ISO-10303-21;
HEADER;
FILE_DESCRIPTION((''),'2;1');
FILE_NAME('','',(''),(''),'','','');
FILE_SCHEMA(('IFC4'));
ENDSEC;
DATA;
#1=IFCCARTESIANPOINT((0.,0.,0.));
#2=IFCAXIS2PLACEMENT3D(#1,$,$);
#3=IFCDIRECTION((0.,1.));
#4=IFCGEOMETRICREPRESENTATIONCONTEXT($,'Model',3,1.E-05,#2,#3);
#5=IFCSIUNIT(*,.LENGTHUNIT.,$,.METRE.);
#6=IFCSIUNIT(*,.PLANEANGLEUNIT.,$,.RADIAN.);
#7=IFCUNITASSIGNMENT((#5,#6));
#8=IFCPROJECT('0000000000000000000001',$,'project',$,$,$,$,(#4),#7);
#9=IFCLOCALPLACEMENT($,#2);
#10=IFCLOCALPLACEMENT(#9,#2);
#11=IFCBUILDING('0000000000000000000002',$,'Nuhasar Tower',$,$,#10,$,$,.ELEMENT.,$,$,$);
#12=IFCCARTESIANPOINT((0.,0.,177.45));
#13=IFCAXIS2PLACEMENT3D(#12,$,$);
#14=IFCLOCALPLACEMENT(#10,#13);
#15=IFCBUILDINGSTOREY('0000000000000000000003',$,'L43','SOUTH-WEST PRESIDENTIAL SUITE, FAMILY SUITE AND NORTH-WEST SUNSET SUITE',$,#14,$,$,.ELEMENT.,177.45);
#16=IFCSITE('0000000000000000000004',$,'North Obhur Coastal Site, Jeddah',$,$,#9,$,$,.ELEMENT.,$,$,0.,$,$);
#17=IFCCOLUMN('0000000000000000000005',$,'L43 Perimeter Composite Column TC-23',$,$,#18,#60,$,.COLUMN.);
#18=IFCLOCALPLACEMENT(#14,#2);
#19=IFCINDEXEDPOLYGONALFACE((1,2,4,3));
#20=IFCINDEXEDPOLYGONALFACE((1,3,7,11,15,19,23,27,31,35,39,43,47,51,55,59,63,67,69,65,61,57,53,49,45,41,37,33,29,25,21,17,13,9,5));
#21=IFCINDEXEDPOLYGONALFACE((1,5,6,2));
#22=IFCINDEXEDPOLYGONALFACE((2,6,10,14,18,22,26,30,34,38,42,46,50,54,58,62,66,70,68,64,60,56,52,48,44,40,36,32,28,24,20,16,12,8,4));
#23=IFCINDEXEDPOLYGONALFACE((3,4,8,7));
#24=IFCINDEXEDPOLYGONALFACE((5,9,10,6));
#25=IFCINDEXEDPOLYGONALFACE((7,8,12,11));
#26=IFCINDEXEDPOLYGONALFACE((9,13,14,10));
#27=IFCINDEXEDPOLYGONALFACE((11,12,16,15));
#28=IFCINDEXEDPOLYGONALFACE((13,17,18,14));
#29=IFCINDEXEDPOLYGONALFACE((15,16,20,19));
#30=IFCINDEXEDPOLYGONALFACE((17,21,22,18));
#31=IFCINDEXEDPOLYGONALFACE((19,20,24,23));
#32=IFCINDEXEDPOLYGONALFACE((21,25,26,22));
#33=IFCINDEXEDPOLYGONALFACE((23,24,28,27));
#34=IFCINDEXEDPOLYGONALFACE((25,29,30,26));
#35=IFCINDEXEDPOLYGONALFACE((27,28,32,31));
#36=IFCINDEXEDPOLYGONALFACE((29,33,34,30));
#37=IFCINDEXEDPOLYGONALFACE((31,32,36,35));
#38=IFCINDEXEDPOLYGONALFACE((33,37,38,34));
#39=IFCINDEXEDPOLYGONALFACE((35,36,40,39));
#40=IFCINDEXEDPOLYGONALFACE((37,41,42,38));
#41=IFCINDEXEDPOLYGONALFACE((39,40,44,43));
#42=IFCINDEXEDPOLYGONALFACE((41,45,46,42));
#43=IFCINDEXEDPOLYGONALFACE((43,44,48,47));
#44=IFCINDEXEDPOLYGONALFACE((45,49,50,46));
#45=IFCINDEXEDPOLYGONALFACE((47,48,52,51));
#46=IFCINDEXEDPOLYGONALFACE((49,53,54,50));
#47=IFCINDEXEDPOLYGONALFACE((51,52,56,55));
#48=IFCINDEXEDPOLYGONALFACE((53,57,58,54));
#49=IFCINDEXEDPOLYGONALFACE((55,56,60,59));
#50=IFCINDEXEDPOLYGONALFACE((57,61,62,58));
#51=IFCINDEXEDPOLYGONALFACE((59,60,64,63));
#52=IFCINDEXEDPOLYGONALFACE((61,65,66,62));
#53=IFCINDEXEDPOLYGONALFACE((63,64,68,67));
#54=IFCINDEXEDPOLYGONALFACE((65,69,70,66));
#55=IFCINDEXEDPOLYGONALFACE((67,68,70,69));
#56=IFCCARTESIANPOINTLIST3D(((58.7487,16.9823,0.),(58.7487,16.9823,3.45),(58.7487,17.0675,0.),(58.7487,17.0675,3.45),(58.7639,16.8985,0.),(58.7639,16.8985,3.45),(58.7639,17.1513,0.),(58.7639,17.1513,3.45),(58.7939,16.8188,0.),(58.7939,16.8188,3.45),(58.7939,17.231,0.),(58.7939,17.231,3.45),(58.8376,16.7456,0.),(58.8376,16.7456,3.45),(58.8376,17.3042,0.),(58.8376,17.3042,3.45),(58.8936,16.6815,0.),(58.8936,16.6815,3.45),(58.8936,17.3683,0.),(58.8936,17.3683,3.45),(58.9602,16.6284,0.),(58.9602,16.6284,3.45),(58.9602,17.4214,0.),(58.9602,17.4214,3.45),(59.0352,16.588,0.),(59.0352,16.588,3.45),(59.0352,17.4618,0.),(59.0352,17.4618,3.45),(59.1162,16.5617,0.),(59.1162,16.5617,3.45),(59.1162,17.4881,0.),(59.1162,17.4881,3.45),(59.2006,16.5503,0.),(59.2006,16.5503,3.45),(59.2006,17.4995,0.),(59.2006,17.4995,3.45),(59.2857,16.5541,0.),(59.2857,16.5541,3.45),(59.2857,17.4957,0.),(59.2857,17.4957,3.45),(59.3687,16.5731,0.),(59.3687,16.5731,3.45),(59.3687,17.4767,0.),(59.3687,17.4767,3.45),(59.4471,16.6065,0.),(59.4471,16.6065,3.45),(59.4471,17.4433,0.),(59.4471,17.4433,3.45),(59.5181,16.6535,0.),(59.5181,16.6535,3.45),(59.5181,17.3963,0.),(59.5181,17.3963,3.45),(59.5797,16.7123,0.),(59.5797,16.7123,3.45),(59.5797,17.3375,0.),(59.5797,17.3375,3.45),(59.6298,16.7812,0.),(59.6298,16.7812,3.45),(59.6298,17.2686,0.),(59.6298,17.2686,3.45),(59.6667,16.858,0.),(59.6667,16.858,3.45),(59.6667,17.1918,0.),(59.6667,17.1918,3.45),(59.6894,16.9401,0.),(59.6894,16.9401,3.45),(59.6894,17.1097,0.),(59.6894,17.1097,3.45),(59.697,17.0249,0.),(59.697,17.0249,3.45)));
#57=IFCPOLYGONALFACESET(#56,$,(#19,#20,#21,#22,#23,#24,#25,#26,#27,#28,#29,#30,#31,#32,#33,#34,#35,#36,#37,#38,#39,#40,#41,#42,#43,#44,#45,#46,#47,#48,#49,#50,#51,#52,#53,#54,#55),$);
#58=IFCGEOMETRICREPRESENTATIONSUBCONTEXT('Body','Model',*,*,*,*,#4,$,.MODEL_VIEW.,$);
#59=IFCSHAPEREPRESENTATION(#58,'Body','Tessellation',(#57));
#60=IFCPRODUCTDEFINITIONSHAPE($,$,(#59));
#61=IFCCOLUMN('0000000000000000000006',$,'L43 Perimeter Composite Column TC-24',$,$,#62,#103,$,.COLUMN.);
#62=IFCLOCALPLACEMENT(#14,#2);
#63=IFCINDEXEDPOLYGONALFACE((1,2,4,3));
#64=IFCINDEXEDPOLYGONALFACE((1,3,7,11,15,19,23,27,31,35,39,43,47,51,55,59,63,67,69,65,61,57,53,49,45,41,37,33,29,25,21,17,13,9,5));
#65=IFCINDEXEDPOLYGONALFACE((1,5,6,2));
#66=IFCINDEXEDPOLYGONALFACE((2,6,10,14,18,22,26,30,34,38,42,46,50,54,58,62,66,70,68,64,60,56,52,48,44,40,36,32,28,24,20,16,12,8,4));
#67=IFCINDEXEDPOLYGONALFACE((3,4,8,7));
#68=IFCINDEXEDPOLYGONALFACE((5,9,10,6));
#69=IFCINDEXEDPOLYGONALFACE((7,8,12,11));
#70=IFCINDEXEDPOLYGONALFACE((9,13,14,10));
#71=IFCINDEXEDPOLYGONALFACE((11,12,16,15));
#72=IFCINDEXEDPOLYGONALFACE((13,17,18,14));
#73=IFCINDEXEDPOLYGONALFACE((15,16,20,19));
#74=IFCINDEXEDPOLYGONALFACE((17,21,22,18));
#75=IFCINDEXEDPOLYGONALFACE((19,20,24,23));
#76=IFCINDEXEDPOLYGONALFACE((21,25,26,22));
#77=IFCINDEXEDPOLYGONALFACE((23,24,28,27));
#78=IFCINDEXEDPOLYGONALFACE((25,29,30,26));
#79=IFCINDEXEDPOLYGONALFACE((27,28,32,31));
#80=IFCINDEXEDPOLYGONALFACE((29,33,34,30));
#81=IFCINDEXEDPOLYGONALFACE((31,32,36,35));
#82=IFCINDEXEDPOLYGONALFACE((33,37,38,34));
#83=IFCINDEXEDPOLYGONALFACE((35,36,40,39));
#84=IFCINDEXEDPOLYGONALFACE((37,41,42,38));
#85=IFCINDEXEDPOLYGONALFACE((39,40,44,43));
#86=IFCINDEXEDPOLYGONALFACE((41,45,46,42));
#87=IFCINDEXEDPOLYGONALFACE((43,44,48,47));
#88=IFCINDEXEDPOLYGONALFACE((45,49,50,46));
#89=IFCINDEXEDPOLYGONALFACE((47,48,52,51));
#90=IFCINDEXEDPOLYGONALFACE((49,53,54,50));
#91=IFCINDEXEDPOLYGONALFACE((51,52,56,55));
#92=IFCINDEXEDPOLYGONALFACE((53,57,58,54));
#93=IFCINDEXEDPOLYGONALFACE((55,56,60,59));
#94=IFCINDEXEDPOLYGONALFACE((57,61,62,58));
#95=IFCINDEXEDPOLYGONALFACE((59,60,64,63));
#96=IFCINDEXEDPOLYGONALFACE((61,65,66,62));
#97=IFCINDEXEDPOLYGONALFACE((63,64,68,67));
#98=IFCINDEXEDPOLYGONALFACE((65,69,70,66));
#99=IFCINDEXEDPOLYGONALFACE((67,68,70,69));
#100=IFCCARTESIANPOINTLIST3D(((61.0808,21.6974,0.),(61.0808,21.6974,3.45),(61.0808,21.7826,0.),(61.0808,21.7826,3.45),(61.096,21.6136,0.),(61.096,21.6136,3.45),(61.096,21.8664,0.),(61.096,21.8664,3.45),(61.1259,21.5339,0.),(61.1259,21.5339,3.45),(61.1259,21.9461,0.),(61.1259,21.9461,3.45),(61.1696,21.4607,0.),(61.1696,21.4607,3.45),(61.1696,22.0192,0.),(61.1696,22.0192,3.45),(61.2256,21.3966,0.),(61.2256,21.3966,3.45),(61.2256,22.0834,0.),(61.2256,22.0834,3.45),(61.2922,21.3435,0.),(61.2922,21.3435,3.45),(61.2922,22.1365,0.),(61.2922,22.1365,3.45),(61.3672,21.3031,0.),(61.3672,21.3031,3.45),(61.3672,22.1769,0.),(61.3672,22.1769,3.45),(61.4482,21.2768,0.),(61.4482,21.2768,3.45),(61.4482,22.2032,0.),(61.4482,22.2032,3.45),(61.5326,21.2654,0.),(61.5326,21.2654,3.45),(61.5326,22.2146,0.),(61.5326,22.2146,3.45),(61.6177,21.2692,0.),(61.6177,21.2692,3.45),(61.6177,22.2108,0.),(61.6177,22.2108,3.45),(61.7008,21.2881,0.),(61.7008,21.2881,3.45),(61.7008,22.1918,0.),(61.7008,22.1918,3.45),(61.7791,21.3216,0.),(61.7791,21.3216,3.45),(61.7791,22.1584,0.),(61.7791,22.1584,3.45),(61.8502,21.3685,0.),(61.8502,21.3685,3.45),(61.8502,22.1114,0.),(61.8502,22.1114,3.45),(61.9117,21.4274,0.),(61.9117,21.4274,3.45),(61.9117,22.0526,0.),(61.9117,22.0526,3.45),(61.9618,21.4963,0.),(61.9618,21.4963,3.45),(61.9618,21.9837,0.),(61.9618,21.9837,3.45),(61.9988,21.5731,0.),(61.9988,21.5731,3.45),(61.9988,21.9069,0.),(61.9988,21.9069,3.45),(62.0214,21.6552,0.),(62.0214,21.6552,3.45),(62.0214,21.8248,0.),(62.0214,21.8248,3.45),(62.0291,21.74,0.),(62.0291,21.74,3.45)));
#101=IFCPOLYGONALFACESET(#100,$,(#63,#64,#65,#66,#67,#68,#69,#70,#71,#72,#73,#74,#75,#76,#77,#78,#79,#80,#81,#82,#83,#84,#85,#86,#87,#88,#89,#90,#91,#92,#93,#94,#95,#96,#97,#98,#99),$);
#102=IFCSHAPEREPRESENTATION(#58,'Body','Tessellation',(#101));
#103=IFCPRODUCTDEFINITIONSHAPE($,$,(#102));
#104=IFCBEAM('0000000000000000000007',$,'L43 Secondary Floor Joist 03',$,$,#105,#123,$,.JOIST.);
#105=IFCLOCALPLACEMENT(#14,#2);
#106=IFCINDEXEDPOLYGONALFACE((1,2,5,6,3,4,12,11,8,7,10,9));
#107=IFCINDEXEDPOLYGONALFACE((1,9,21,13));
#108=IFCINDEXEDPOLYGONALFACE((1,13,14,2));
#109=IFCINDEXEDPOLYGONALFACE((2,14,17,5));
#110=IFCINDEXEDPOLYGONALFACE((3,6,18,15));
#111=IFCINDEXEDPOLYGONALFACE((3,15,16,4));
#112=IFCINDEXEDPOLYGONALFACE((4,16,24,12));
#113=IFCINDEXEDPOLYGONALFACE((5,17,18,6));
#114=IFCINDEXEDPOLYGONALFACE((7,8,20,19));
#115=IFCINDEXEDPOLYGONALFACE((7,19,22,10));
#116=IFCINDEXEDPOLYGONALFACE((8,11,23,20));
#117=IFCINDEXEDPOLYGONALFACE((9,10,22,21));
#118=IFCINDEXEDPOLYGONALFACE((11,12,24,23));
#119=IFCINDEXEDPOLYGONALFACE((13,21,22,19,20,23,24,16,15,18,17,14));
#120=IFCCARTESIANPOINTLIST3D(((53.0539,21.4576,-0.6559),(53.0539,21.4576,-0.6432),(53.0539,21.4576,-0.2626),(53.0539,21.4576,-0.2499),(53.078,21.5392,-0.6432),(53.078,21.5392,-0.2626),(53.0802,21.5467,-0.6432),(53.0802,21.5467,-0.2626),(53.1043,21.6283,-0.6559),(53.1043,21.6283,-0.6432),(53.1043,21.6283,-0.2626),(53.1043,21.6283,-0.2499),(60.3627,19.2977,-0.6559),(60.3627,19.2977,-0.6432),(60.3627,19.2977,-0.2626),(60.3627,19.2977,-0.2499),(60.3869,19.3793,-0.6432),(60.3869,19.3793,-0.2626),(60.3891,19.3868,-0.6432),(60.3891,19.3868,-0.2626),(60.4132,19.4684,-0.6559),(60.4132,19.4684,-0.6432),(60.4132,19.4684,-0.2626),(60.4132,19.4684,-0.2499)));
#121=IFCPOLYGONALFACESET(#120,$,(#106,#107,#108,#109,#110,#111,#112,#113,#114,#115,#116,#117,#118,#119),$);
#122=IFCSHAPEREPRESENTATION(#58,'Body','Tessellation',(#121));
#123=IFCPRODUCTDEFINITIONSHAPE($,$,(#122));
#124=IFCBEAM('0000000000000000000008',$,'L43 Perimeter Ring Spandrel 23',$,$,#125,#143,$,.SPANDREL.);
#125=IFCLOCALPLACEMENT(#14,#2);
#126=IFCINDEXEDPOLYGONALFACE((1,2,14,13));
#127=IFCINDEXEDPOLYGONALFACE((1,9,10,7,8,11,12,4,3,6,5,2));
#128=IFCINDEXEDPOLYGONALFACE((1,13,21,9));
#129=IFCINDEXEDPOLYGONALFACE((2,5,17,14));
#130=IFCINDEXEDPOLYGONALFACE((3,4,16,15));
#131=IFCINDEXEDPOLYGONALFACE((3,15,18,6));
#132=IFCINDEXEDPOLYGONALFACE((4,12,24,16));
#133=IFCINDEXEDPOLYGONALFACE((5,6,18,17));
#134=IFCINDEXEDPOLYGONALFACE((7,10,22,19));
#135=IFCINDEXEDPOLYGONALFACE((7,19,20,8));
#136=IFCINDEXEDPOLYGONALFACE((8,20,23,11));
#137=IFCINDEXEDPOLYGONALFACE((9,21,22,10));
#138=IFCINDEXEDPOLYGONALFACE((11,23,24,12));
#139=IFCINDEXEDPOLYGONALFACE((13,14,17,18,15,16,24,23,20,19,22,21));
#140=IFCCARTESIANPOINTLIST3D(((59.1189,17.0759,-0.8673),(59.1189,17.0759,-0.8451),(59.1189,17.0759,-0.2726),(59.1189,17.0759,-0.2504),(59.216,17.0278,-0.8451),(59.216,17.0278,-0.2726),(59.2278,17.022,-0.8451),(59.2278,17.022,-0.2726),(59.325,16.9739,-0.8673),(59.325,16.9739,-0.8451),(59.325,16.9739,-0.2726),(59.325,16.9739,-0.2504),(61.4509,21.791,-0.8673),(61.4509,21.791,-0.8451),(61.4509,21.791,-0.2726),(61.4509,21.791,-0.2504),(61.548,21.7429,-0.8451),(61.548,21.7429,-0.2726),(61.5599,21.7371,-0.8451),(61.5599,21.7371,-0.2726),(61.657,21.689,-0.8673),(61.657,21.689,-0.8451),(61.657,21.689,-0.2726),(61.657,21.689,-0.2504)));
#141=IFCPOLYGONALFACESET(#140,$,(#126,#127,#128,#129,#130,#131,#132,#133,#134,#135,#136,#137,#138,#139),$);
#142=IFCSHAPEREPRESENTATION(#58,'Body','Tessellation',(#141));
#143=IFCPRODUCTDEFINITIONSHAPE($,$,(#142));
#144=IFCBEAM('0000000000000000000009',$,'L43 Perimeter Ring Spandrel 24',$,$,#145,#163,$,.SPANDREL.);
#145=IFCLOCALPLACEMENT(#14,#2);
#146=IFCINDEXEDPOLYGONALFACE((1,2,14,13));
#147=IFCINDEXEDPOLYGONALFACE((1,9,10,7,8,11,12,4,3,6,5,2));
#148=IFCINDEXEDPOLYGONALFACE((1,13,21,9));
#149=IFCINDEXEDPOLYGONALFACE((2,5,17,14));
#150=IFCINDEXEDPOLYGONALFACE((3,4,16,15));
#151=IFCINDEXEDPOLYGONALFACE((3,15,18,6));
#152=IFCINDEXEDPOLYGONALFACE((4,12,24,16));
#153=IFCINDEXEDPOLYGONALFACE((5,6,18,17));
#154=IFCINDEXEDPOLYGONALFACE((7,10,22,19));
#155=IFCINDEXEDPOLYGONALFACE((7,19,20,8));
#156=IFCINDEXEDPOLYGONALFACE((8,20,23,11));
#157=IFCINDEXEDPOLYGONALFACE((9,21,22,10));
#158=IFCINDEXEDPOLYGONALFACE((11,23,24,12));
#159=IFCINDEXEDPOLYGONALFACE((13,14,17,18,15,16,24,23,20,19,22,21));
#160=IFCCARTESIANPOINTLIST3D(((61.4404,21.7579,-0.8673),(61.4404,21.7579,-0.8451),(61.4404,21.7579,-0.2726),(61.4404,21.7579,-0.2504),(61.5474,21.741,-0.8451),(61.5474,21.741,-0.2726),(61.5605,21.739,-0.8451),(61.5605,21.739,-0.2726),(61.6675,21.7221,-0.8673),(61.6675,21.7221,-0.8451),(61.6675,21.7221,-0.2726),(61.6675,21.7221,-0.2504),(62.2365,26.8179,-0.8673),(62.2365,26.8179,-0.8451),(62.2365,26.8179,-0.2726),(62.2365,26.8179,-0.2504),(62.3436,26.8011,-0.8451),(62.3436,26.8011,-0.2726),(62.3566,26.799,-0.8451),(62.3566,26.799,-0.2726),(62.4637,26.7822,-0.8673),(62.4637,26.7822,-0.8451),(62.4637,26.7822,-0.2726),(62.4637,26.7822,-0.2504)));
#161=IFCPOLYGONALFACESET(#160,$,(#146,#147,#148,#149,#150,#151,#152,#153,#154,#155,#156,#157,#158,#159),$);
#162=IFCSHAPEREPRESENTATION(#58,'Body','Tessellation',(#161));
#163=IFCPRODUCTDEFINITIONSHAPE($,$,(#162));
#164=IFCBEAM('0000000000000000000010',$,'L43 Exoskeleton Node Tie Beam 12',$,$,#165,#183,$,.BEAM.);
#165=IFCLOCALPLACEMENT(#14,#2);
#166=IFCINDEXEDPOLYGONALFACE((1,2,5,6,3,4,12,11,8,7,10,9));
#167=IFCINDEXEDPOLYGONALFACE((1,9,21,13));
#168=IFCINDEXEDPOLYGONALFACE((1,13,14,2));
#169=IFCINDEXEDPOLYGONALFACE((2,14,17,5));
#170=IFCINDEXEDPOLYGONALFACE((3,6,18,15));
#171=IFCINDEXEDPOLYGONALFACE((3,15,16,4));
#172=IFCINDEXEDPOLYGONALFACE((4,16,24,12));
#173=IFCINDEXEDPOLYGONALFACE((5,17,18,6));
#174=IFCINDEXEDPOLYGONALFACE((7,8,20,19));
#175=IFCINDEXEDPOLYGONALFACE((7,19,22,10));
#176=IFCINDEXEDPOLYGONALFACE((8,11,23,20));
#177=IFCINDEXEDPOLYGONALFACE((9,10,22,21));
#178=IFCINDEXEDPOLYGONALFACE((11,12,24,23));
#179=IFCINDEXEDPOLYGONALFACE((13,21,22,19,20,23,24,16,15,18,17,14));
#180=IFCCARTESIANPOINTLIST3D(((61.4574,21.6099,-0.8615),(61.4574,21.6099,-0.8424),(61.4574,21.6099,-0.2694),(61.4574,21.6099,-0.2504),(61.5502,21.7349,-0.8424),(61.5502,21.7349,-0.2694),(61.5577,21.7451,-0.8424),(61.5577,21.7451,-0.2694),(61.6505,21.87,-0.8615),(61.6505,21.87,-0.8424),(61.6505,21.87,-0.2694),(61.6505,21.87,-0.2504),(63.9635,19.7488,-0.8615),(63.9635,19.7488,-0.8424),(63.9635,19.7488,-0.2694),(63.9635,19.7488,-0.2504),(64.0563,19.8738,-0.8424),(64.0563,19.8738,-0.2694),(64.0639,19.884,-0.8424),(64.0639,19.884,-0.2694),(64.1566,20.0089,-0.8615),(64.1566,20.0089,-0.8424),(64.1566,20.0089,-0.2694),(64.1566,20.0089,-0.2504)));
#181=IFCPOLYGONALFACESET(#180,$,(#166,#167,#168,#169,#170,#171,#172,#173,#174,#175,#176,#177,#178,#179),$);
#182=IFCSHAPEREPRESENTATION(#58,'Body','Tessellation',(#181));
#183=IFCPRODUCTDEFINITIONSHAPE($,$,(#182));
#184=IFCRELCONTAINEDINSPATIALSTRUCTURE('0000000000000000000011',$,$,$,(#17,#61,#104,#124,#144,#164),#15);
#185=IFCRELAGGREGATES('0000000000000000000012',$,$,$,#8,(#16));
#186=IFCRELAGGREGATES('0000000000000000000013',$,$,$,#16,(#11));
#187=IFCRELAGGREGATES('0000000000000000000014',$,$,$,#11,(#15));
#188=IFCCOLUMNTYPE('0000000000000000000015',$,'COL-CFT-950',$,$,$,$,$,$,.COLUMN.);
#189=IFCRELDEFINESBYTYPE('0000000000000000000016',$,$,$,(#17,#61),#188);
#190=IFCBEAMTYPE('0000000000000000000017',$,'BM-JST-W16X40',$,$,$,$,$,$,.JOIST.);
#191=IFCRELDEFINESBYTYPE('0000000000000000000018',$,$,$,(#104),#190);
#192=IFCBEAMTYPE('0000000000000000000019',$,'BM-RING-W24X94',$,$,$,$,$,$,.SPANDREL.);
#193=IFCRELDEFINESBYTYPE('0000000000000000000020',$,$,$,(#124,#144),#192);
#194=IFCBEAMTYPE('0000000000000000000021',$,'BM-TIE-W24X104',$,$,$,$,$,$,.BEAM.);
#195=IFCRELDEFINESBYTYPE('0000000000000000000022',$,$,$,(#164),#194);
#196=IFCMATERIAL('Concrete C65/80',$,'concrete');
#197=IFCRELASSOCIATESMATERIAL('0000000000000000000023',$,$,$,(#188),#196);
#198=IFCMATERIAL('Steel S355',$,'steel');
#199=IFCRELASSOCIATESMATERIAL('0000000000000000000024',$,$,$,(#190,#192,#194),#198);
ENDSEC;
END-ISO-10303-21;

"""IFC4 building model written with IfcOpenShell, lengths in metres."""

from ifc_helpers import new_model, si_unit, direction, frame, origin, origin_2d, place, context, subcontext, project, spatial, circle, i_section, extrude, material, material_profile, profile_set, type_object, element, save


model = new_model("IFC4")

# Units and contexts
model_context = context("Model", 3, precision=1e-05, world=origin(), true_north=direction((0.0, 1.0)))
body_context = subcontext(model_context, "Body", "Model", "MODEL_VIEW")
ifc_project = project(units=[si_unit("LENGTHUNIT", "METRE"), si_unit("PLANEANGLEUNIT", "RADIAN")], contexts=[model_context])

# Site, building, storey
site_placement = place(None, origin())
site = spatial("IfcSite", under=ifc_project, at=site_placement, Name="North Obhur Coastal Site, Jeddah", CompositionType="ELEMENT", RefElevation=0.0)
building_placement = place(site_placement, origin())
building = spatial("IfcBuilding", under=site, at=building_placement, Name="Nuhasar Tower", CompositionType="ELEMENT")
storey_placement = place(building_placement, frame((0.0, 0.0, 177.45)))
storey = spatial("IfcBuildingStorey", under=building, at=storey_placement, Name="L43", Description="SOUTH-WEST PRESIDENTIAL SUITE, FAMILY SUITE AND NORTH-WEST SUNSET SUITE", CompositionType="ELEMENT", Elevation=177.45)

# Columns
ifc_material_1 = material(Name="Concrete C65/80", Category="concrete")
ifc_material_profile_1 = material_profile(ifc_material_1, circle(Radius=0.4751, at=origin_2d()), Name="CFT950")
ifc_profile_set_1 = profile_set([ifc_material_profile_1], Name="Concrete C65/80")
column_type = type_object("IfcColumnType", Name="COL-CFT-950", PredefinedType="COLUMN", material=ifc_profile_set_1)
for number, where, z_axis, x_axis, name in (
    (1, (59.2219, 17.0249, 0.0), (0.0, 0.0, 1.0), (1.0, 0.0, 0.0), "L43 Perimeter Composite Column TC-23"),
    (2, (61.554, 21.74, 0.0), (0.0, 0.0, 1.0), (1.0, 0.0, 0.0), "L43 Perimeter Composite Column TC-24"),
):
    element("IfcColumn", number, at=place(storey_placement, frame(where, z_axis=z_axis, x_axis=x_axis)), inside=storey, type_object=column_type, Name=name, PredefinedType="COLUMN", context=body_context, shape_type="SweptSolid", body=[
        extrude(circle(Radius=0.4751, at=origin_2d()), origin(), (0.0, 0.0, 1.0), 3.45),
    ])

# Beams
ifc_material_2 = material(Name="Steel S355", Category="steel")
ifc_material_profile_2 = material_profile(ifc_material_2, i_section(OverallWidth=0.178, OverallDepth=0.406, WebThickness=0.0078, FlangeThickness=0.0127, at=origin_2d()), Name="W16X40")
ifc_profile_set_2 = profile_set([ifc_material_profile_2], Name="Steel S355")
beam_type_1 = type_object("IfcBeamType", Name="BM-JST-W16X40", PredefinedType="JOIST", material=ifc_profile_set_2)
beam_1_placement = place(storey_placement, frame((53.0791, 21.543, -0.4529), z_axis=(0.959, -0.283404, 0.0), x_axis=(0.283404, 0.959, 0.0)))
element("IfcBeam", 3, at=beam_1_placement, inside=storey, type_object=beam_type_1, Name="L43 Secondary Floor Joist 03", PredefinedType="JOIST", context=body_context, shape_type="SweptSolid", body=[
    extrude(i_section(OverallWidth=0.178, OverallDepth=0.406, WebThickness=0.0078, FlangeThickness=0.0127, at=origin_2d()), origin(), (0.0, 0.0, 1.0), 7.6213),
])
ifc_material_profile_3 = material_profile(ifc_material_2, i_section(OverallWidth=0.23, OverallDepth=0.6169, WebThickness=0.0132, FlangeThickness=0.0222, at=origin_2d()), Name="W24X94")
ifc_profile_set_3 = profile_set([ifc_material_profile_3], Name="Steel S355")
beam_type_2 = type_object("IfcBeamType", Name="BM-RING-W24X94", PredefinedType="SPANDREL", material=ifc_profile_set_3)
beam_2_placement = place(storey_placement, frame((59.2219, 17.0249, -0.5588), z_axis=(0.443329, 0.896359, 0.0), x_axis=(-0.896359, 0.443329, 0.0)))
element("IfcBeam", 4, at=beam_2_placement, inside=storey, type_object=beam_type_2, Name="L43 Perimeter Ring Spandrel 23", PredefinedType="SPANDREL", context=body_context, shape_type="SweptSolid", body=[
    extrude(i_section(OverallWidth=0.23, OverallDepth=0.6169, WebThickness=0.0132, FlangeThickness=0.0222, at=origin_2d()), origin(), (0.0, 0.0, 1.0), 5.2603),
])
beam_3_placement = place(storey_placement, frame((61.554, 21.74, -0.5588), z_axis=(0.155427, 0.987847, 0.0), x_axis=(-0.987847, 0.155427, 0.0)))
element("IfcBeam", 5, at=beam_3_placement, inside=storey, type_object=beam_type_2, Name="L43 Perimeter Ring Spandrel 24", PredefinedType="SPANDREL", context=body_context, shape_type="SweptSolid", body=[
    extrude(i_section(OverallWidth=0.23, OverallDepth=0.6169, WebThickness=0.0132, FlangeThickness=0.0222, at=origin_2d()), origin(), (0.0, 0.0, 1.0), 5.1223),
])
ifc_material_profile_4 = material_profile(ifc_material_2, i_section(OverallWidth=0.324, OverallDepth=0.6111, WebThickness=0.0127, FlangeThickness=0.019, at=origin_2d()), Name="W24X104")
ifc_profile_set_4 = profile_set([ifc_material_profile_4], Name="Steel S355")
beam_type_3 = type_object("IfcBeamType", Name="BM-TIE-W24X104", PredefinedType="BEAM", material=ifc_profile_set_4)
beam_4_placement = place(storey_placement, frame((61.554, 21.74, -0.5559), z_axis=(0.802835, -0.596202, 0.0), x_axis=(0.596202, 0.802835, 0.0)))
element("IfcBeam", 6, at=beam_4_placement, inside=storey, type_object=beam_type_3, Name="L43 Exoskeleton Node Tie Beam 12", PredefinedType="BEAM", context=body_context, shape_type="SweptSolid", body=[
    extrude(i_section(OverallWidth=0.324, OverallDepth=0.6111, WebThickness=0.0127, FlangeThickness=0.019, at=origin_2d()), origin(), (0.0, 0.0, 1.0), 3.1216),
])

save(model, "model.ifc")
